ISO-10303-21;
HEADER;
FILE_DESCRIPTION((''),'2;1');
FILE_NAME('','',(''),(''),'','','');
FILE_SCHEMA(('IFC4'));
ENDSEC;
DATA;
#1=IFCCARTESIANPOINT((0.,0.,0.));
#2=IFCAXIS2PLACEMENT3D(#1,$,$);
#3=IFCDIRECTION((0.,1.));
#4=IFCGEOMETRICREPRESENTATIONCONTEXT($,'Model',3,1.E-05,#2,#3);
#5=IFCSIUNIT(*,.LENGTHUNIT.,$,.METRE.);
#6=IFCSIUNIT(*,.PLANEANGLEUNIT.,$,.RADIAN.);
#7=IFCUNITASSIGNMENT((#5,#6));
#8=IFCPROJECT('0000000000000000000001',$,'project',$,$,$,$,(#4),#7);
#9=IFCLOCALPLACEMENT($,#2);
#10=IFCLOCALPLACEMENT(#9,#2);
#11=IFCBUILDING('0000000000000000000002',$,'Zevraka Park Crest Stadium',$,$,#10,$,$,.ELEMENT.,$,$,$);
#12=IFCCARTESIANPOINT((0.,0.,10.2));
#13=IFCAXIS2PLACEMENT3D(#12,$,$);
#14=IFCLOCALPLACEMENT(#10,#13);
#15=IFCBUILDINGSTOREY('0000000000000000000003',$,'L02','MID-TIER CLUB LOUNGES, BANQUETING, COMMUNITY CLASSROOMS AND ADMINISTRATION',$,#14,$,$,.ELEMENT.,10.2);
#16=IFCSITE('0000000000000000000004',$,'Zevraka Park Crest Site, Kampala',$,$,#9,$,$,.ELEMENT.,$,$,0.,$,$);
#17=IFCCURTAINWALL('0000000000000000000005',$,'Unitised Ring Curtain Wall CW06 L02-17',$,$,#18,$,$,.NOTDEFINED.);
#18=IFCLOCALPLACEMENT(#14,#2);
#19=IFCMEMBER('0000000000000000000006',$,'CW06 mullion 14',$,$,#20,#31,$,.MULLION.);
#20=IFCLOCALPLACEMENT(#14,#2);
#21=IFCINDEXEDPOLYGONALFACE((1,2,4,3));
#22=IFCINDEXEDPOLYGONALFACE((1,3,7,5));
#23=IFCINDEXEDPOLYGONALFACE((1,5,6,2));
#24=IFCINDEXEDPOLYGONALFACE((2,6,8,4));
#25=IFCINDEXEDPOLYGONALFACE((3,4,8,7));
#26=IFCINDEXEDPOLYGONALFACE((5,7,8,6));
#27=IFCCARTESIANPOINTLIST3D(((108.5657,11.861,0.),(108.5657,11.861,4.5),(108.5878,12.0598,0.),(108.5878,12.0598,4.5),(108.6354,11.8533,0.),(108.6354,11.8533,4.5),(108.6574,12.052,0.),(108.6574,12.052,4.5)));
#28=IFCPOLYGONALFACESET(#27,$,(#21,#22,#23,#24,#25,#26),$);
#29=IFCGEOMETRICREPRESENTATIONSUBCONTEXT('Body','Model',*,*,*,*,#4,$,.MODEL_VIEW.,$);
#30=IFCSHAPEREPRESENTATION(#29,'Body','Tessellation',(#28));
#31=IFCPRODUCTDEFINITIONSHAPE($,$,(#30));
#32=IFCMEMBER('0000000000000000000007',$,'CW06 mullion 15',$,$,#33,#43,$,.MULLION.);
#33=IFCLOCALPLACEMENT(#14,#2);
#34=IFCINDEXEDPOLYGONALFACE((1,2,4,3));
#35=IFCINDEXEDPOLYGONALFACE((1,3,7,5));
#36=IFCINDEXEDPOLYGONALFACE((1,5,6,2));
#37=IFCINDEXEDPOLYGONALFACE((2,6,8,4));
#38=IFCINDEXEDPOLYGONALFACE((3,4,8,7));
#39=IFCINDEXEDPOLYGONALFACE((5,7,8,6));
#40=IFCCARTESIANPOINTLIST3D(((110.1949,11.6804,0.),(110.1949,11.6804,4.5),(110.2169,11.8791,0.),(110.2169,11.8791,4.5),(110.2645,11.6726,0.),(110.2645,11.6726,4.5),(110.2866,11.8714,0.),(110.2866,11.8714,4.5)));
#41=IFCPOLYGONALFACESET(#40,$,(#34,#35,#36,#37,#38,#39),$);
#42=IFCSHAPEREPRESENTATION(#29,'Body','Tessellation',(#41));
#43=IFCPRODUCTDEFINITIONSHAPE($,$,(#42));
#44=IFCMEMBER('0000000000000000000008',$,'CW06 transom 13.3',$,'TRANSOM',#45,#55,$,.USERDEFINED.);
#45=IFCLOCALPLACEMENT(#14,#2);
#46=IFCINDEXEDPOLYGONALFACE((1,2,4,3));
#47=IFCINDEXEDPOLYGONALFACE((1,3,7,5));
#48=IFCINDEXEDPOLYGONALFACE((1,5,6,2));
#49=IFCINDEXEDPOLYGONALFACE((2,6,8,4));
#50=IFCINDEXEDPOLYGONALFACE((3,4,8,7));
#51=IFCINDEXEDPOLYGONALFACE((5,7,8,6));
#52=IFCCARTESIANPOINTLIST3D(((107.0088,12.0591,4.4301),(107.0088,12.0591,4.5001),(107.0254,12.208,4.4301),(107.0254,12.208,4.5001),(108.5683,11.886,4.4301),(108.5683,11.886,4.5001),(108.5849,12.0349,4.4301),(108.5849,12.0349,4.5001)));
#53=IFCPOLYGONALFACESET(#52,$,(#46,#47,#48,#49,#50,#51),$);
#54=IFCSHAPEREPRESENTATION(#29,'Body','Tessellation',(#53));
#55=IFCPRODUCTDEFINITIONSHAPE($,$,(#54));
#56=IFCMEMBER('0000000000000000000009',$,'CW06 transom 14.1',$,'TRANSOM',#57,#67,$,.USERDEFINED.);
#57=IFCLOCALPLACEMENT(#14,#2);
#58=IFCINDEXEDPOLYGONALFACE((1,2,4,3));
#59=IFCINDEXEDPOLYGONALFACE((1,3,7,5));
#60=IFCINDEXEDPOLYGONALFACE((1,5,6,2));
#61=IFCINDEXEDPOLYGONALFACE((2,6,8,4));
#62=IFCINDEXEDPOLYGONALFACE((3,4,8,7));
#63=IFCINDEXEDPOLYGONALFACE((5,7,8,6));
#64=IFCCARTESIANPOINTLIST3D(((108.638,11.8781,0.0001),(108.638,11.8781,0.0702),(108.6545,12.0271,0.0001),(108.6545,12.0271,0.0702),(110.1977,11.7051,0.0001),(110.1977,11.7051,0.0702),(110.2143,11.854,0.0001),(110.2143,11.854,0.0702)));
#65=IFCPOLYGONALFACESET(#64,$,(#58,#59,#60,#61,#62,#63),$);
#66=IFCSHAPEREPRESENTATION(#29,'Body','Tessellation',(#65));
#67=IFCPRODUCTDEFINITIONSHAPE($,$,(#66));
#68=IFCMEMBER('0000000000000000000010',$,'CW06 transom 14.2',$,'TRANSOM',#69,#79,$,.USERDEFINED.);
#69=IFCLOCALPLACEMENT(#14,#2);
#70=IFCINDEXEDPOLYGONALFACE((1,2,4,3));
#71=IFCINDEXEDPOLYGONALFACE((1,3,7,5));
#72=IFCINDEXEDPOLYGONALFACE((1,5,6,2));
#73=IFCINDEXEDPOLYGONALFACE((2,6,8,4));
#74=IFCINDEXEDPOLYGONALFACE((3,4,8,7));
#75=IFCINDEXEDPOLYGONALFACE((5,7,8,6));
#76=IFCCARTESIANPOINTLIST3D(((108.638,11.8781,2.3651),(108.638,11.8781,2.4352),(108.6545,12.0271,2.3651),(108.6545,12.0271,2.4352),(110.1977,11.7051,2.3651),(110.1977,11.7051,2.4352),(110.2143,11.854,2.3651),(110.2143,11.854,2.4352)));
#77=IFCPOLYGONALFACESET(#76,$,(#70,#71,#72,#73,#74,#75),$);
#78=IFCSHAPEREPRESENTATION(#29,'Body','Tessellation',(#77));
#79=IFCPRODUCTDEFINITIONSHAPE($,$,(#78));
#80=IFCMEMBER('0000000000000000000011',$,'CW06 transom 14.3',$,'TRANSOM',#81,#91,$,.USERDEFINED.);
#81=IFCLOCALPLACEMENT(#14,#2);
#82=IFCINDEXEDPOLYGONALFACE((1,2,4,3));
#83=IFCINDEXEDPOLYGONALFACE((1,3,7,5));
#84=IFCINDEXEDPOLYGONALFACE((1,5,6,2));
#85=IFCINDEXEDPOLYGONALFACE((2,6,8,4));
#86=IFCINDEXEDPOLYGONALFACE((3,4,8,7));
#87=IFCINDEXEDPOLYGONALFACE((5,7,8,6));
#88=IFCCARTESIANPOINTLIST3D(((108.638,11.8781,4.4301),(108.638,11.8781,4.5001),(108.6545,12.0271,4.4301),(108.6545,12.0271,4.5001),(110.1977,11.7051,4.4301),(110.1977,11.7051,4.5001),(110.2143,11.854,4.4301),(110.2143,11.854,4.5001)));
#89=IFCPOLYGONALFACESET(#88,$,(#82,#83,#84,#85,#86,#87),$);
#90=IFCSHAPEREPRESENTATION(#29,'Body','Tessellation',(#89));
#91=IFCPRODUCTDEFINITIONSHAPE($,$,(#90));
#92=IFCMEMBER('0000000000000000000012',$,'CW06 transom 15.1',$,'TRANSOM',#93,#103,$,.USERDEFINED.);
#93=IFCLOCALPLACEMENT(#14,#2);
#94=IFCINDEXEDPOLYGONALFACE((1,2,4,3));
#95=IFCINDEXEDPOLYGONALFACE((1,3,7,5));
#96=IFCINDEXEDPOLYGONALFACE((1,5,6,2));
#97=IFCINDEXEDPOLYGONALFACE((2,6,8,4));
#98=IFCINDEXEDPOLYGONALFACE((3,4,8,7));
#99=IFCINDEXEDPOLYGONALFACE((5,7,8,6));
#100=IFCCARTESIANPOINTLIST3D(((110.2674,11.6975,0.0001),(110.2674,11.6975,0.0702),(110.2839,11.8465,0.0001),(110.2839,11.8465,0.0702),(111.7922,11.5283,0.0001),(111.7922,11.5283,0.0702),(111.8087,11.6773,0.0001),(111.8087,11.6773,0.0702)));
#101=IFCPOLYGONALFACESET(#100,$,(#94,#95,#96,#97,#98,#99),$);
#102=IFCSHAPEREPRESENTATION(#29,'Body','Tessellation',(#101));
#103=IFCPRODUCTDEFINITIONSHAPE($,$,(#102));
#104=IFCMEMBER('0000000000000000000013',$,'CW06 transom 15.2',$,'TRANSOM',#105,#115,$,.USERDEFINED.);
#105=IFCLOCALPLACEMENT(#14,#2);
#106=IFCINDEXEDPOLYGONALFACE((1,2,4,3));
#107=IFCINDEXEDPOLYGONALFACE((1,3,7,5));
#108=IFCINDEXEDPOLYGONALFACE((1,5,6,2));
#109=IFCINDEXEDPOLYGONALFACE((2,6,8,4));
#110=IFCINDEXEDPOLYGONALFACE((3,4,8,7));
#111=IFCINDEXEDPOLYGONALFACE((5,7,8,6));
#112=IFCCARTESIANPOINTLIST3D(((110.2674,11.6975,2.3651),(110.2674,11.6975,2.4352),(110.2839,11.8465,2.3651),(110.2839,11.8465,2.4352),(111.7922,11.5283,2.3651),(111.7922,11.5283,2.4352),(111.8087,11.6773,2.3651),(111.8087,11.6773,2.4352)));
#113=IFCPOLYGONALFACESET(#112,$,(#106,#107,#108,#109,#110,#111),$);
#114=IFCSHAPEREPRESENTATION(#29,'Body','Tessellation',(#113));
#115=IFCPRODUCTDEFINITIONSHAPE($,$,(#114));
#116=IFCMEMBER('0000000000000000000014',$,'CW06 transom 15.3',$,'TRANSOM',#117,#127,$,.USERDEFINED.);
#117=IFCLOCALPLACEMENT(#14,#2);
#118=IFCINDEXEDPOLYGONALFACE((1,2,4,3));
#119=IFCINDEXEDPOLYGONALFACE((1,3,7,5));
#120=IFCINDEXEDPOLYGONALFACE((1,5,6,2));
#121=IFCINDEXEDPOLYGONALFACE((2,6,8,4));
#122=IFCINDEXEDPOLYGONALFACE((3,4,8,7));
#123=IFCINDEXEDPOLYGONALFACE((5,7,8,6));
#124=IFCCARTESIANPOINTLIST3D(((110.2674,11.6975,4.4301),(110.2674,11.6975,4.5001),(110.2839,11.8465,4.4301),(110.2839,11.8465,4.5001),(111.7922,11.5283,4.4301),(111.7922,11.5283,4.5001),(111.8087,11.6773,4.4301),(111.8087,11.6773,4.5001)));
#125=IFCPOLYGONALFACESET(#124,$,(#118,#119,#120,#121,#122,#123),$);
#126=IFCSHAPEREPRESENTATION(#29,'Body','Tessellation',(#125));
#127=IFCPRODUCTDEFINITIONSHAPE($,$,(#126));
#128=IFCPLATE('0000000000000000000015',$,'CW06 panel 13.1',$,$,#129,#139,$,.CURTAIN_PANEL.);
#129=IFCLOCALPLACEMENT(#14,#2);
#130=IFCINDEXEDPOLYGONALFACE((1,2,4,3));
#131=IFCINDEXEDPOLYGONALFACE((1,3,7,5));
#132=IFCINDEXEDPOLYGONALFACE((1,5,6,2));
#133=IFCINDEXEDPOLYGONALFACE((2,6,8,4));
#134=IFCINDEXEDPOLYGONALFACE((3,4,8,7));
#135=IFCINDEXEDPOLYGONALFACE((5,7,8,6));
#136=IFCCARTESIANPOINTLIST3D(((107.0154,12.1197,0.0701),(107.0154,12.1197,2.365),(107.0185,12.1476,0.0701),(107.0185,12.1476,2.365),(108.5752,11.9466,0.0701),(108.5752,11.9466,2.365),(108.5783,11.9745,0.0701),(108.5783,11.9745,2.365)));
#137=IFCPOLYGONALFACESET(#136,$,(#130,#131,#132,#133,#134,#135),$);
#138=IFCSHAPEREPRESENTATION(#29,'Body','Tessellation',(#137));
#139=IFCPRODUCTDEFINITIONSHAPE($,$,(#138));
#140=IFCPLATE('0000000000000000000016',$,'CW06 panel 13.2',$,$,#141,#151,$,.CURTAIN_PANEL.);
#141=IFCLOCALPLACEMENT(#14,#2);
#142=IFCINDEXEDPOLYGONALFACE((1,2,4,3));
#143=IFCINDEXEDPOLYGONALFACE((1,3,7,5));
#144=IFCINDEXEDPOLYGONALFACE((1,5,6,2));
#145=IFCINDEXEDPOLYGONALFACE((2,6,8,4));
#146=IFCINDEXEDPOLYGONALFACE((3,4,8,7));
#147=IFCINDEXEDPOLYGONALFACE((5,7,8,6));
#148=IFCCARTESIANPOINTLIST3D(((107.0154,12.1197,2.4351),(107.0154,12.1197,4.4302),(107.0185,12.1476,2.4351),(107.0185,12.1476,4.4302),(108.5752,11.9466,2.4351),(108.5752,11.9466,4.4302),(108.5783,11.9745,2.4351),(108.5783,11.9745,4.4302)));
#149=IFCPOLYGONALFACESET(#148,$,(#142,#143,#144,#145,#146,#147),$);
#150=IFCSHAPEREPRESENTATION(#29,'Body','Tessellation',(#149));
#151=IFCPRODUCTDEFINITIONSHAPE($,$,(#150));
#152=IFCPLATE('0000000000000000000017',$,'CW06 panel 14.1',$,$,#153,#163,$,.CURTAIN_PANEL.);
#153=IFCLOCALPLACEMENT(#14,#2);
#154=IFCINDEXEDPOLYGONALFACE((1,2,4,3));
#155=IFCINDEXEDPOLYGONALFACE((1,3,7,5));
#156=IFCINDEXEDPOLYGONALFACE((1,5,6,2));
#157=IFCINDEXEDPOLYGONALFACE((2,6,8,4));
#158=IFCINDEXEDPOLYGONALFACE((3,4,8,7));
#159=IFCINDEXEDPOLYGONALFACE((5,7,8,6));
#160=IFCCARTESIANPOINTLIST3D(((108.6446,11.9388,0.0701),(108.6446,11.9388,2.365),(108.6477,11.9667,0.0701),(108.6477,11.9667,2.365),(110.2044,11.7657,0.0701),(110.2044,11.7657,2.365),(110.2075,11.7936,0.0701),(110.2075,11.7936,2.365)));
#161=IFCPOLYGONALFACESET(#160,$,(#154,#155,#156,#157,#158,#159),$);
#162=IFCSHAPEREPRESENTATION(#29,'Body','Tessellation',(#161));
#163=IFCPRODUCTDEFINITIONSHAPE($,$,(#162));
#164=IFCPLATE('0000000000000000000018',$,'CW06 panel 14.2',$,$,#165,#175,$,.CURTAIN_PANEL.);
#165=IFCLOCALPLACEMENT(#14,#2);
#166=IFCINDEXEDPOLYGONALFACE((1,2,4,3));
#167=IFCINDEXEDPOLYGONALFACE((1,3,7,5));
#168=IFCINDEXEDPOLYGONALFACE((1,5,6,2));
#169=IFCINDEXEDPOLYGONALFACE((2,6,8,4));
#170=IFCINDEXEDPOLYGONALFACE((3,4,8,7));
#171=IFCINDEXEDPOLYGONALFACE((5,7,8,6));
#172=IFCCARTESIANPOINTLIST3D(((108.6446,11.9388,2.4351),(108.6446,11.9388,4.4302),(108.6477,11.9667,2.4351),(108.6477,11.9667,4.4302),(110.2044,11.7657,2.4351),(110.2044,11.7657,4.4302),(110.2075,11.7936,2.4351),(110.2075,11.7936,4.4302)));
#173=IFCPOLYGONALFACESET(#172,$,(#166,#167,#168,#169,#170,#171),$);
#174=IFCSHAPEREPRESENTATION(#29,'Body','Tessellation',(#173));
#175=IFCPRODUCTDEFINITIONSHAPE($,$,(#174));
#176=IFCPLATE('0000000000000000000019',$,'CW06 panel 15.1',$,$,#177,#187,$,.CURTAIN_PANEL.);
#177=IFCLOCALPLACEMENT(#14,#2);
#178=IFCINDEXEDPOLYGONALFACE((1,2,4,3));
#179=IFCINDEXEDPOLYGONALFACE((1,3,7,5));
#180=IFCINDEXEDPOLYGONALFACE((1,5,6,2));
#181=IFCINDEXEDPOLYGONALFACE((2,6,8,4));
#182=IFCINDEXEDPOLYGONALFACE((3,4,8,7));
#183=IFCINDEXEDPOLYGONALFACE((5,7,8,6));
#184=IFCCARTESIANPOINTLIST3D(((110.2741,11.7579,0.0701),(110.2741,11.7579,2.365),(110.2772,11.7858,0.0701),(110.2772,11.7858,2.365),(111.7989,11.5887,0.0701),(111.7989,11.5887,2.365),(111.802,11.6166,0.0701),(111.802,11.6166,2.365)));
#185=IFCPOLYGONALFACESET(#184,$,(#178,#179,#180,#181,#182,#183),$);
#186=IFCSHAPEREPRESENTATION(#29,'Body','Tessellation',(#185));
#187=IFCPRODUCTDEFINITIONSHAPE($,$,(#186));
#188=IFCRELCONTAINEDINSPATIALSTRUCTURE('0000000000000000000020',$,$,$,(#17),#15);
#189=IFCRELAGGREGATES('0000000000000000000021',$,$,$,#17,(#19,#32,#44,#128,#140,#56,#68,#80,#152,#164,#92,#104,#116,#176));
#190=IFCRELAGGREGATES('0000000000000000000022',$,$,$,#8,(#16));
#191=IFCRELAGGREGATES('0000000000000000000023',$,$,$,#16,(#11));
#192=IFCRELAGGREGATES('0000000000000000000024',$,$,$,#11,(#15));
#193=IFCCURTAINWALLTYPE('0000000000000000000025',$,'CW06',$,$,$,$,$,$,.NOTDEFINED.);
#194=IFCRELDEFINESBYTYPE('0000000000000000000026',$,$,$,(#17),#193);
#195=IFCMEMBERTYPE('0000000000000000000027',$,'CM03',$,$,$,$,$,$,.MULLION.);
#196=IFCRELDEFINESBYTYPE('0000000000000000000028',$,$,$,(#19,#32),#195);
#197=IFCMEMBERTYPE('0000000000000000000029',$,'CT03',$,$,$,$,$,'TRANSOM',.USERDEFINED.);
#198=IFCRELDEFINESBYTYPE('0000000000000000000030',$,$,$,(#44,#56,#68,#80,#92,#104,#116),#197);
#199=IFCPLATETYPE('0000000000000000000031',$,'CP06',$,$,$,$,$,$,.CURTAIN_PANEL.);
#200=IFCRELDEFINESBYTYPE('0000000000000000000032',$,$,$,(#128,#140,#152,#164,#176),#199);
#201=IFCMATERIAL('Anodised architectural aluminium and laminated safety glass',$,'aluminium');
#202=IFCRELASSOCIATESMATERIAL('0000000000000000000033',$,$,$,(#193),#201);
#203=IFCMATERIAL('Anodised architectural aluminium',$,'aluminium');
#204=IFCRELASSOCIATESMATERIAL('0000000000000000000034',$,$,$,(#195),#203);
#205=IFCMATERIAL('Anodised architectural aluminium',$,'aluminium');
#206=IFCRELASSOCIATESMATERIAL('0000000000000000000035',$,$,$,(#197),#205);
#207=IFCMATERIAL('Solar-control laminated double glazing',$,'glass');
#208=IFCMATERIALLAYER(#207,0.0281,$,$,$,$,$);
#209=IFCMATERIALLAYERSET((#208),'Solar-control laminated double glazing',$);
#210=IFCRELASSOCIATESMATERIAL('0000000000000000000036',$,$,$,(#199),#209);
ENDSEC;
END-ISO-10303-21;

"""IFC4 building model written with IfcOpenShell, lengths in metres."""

from ifc_helpers import new_model, si_unit, direction, frame, origin, origin_2d, place, context, subcontext, project, spatial, rectangle, extrude, material, layer, layer_set, material_profile, profile_set, type_object, element, aggregate, save


model = new_model("IFC4")

# Units and contexts
model_context = context("Model", 3, precision=1e-05, world=origin(), true_north=direction((0.0, 1.0)))
body_context = subcontext(model_context, "Body", "Model", "MODEL_VIEW")
ifc_project = project(units=[si_unit("LENGTHUNIT", "METRE"), si_unit("PLANEANGLEUNIT", "RADIAN")], contexts=[model_context])

# Site, building, storey
site_placement = place(None, origin())
site = spatial("IfcSite", under=ifc_project, at=site_placement, Name="Zevraka Park Crest Site, Kampala", CompositionType="ELEMENT", RefElevation=0.0)
building_placement = place(site_placement, origin())
building = spatial("IfcBuilding", under=site, at=building_placement, Name="Zevraka Park Crest Stadium", CompositionType="ELEMENT")
storey_placement = place(building_placement, frame((0.0, 0.0, 10.2)))
storey = spatial("IfcBuildingStorey", under=building, at=storey_placement, Name="L02", Description="MID-TIER CLUB LOUNGES, BANQUETING, COMMUNITY CLASSROOMS AND ADMINISTRATION", CompositionType="ELEMENT", Elevation=10.2)

# Curtain wall, members, plates
ifc_material_1 = material(Name="Anodised architectural aluminium and laminated safety glass", Category="aluminium")
curtain_wall_type = type_object("IfcCurtainWallType", Name="CW06", PredefinedType="NOTDEFINED", material=ifc_material_1)
curtain_wall_placement = place(storey_placement, origin())
curtain_wall = element("IfcCurtainWall", 1, at=curtain_wall_placement, inside=storey, type_object=curtain_wall_type, Name="Unitised Ring Curtain Wall CW06 L02-17", PredefinedType="NOTDEFINED")
ifc_material_2 = material(Name="Anodised architectural aluminium", Category="aluminium")
ifc_material_profile_1 = material_profile(ifc_material_2, rectangle(XDim=0.2, YDim=0.0701, at=origin_2d()), Name="ALU MULLION 200x70")
ifc_profile_set_1 = profile_set([ifc_material_profile_1], Name="Anodised architectural aluminium")
member_type_1 = type_object("IfcMemberType", Name="CM03", PredefinedType="MULLION", material=ifc_profile_set_1)
member_1_placement = place(storey_placement, frame((108.6116, 11.9565, 0.0), z_axis=(0.0, 0.0, 1.0), x_axis=(0.110293, 0.993899, 0.0)))
member_1 = element("IfcMember", 2, at=member_1_placement, type_object=member_type_1, Name="CW06 mullion 14", PredefinedType="MULLION", context=body_context, shape_type="SweptSolid", body=[
    extrude(rectangle(XDim=0.2, YDim=0.0701, at=origin_2d()), origin(), (0.0, 0.0, 1.0), 4.5),
])
member_2_placement = place(storey_placement, frame((110.2407, 11.7759, 0.0), z_axis=(0.0, 0.0, 1.0), x_axis=(0.110293, 0.993899, 0.0)))
member_2 = element("IfcMember", 3, at=member_2_placement, type_object=member_type_1, Name="CW06 mullion 15", PredefinedType="MULLION", context=body_context, shape_type="SweptSolid", body=[
    extrude(rectangle(XDim=0.2, YDim=0.0701, at=origin_2d()), origin(), (0.0, 0.0, 1.0), 4.5),
])
ifc_material_3 = material(Name="Anodised architectural aluminium", Category="aluminium")
ifc_material_profile_2 = material_profile(ifc_material_3, rectangle(XDim=0.1499, YDim=0.0701, at=origin_2d()), Name="ALU TRANSOM 150x70")
ifc_profile_set_2 = profile_set([ifc_material_profile_2], Name="Anodised architectural aluminium")
member_type_2 = type_object("IfcMemberType", Name="CT03", ElementType="TRANSOM", PredefinedType="USERDEFINED", material=ifc_profile_set_2)
member_3_placement = place(storey_placement, frame((107.0171, 12.1335, 4.4651), z_axis=(0.993897, -0.110312, 0.0), x_axis=(0.110312, 0.993897, 0.0)))
member_3 = element("IfcMember", 4, at=member_3_placement, type_object=member_type_2, Name="CW06 transom 13.3", ObjectType="TRANSOM", PredefinedType="USERDEFINED", context=body_context, shape_type="SweptSolid", body=[
    extrude(rectangle(XDim=0.1499, YDim=0.0701, at=origin_2d()), origin(), (0.0, 0.0, 1.0), 1.5691),
])
member_4_placement = place(storey_placement, frame((108.6462, 11.9526, 0.0352), z_axis=(0.993899, -0.110295, 0.0), x_axis=(0.110295, 0.993899, 0.0)))
member_4 = element("IfcMember", 5, at=member_4_placement, type_object=member_type_2, Name="CW06 transom 14.1", ObjectType="TRANSOM", PredefinedType="USERDEFINED", context=body_context, shape_type="SweptSolid", body=[
    extrude(rectangle(XDim=0.1499, YDim=0.0701, at=origin_2d()), origin(), (0.0, 0.0, 1.0), 1.5693),
])
member_5_placement = place(storey_placement, frame((108.6462, 11.9526, 2.4001), z_axis=(0.993899, -0.110295, 0.0), x_axis=(0.110295, 0.993899, 0.0)))
member_5 = element("IfcMember", 6, at=member_5_placement, type_object=member_type_2, Name="CW06 transom 14.2", ObjectType="TRANSOM", PredefinedType="USERDEFINED", context=body_context, shape_type="SweptSolid", body=[
    extrude(rectangle(XDim=0.1499, YDim=0.0701, at=origin_2d()), origin(), (0.0, 0.0, 1.0), 1.5693),
])
member_6_placement = place(storey_placement, frame((108.6462, 11.9526, 4.4651), z_axis=(0.993899, -0.110295, 0.0), x_axis=(0.110295, 0.993899, 0.0)))
member_6 = element("IfcMember", 7, at=member_6_placement, type_object=member_type_2, Name="CW06 transom 14.3", ObjectType="TRANSOM", PredefinedType="USERDEFINED", context=body_context, shape_type="SweptSolid", body=[
    extrude(rectangle(XDim=0.1499, YDim=0.0701, at=origin_2d()), origin(), (0.0, 0.0, 1.0), 1.5693),
])
member_7_placement = place(storey_placement, frame((110.2756, 11.772, 0.0352), z_axis=(0.993901, -0.110274, 0.0), x_axis=(0.110274, 0.993901, 0.0)))
member_7 = element("IfcMember", 8, at=member_7_placement, type_object=member_type_2, Name="CW06 transom 15.1", ObjectType="TRANSOM", PredefinedType="USERDEFINED", context=body_context, shape_type="SweptSolid", body=[
    extrude(rectangle(XDim=0.1499, YDim=0.0701, at=origin_2d()), origin(), (0.0, 0.0, 1.0), 1.5342),
])
member_8_placement = place(storey_placement, frame((110.2756, 11.772, 2.4001), z_axis=(0.993901, -0.110274, 0.0), x_axis=(0.110274, 0.993901, 0.0)))
member_8 = element("IfcMember", 9, at=member_8_placement, type_object=member_type_2, Name="CW06 transom 15.2", ObjectType="TRANSOM", PredefinedType="USERDEFINED", context=body_context, shape_type="SweptSolid", body=[
    extrude(rectangle(XDim=0.1499, YDim=0.0701, at=origin_2d()), origin(), (0.0, 0.0, 1.0), 1.5342),
])
member_9_placement = place(storey_placement, frame((110.2756, 11.772, 4.4651), z_axis=(0.993901, -0.110274, 0.0), x_axis=(0.110274, 0.993901, 0.0)))
member_9 = element("IfcMember", 10, at=member_9_placement, type_object=member_type_2, Name="CW06 transom 15.3", ObjectType="TRANSOM", PredefinedType="USERDEFINED", context=body_context, shape_type="SweptSolid", body=[
    extrude(rectangle(XDim=0.1499, YDim=0.0701, at=origin_2d()), origin(), (0.0, 0.0, 1.0), 1.5342),
])
ifc_material_4 = material(Name="Solar-control laminated double glazing", Category="glass")
ifc_layer_1 = layer(ifc_material_4, 0.0281)
ifc_layer_set_1 = layer_set([ifc_layer_1], Name="Solar-control laminated double glazing")
plate_type = type_object("IfcPlateType", Name="CP06", PredefinedType="CURTAIN_PANEL", material=ifc_layer_set_1)
plate_1_placement = place(storey_placement, frame((107.7969, 12.0471, 0.0701), z_axis=(0.0, 0.0, 1.0), x_axis=(0.993899, -0.110293, 0.0)))
plate_1 = element("IfcPlate", 11, at=plate_1_placement, type_object=plate_type, Name="CW06 panel 13.1", PredefinedType="CURTAIN_PANEL", context=body_context, shape_type="SweptSolid", body=[
    extrude(rectangle(XDim=1.5693, YDim=0.0281, at=origin_2d()), origin(), (0.0, 0.0, 1.0), 2.2949),
])
plate_2_placement = place(storey_placement, frame((107.7969, 12.0471, 2.4351), z_axis=(0.0, 0.0, 1.0), x_axis=(0.993899, -0.110293, 0.0)))
plate_2 = element("IfcPlate", 12, at=plate_2_placement, type_object=plate_type, Name="CW06 panel 13.2", PredefinedType="CURTAIN_PANEL", context=body_context, shape_type="SweptSolid", body=[
    extrude(rectangle(XDim=1.5693, YDim=0.0281, at=origin_2d()), origin(), (0.0, 0.0, 1.0), 1.9951),
])
plate_3_placement = place(storey_placement, frame((109.426, 11.8662, 0.0701), z_axis=(0.0, 0.0, 1.0), x_axis=(0.993899, -0.110293, 0.0)))
plate_3 = element("IfcPlate", 13, at=plate_3_placement, type_object=plate_type, Name="CW06 panel 14.1", PredefinedType="CURTAIN_PANEL", context=body_context, shape_type="SweptSolid", body=[
    extrude(rectangle(XDim=1.5693, YDim=0.0281, at=origin_2d()), origin(), (0.0, 0.0, 1.0), 2.2949),
])
plate_4_placement = place(storey_placement, frame((109.426, 11.8662, 2.4351), z_axis=(0.0, 0.0, 1.0), x_axis=(0.993899, -0.110293, 0.0)))
plate_4 = element("IfcPlate", 14, at=plate_4_placement, type_object=plate_type, Name="CW06 panel 14.2", PredefinedType="CURTAIN_PANEL", context=body_context, shape_type="SweptSolid", body=[
    extrude(rectangle(XDim=1.5693, YDim=0.0281, at=origin_2d()), origin(), (0.0, 0.0, 1.0), 1.9951),
])
plate_5_placement = place(storey_placement, frame((111.0381, 11.6873, 0.0701), z_axis=(0.0, 0.0, 1.0), x_axis=(0.993899, -0.110293, 0.0)))
plate_5 = element("IfcPlate", 15, at=plate_5_placement, type_object=plate_type, Name="CW06 panel 15.1", PredefinedType="CURTAIN_PANEL", context=body_context, shape_type="SweptSolid", body=[
    extrude(rectangle(XDim=1.5342, YDim=0.0281, at=origin_2d()), origin(), (0.0, 0.0, 1.0), 2.2949),
])
aggregate(curtain_wall, [member_1, member_2, member_3, plate_1, plate_2, member_4, member_5, member_6, plate_3, plate_4, member_7, member_8, member_9, plate_5])

save(model, "model.ifc")
